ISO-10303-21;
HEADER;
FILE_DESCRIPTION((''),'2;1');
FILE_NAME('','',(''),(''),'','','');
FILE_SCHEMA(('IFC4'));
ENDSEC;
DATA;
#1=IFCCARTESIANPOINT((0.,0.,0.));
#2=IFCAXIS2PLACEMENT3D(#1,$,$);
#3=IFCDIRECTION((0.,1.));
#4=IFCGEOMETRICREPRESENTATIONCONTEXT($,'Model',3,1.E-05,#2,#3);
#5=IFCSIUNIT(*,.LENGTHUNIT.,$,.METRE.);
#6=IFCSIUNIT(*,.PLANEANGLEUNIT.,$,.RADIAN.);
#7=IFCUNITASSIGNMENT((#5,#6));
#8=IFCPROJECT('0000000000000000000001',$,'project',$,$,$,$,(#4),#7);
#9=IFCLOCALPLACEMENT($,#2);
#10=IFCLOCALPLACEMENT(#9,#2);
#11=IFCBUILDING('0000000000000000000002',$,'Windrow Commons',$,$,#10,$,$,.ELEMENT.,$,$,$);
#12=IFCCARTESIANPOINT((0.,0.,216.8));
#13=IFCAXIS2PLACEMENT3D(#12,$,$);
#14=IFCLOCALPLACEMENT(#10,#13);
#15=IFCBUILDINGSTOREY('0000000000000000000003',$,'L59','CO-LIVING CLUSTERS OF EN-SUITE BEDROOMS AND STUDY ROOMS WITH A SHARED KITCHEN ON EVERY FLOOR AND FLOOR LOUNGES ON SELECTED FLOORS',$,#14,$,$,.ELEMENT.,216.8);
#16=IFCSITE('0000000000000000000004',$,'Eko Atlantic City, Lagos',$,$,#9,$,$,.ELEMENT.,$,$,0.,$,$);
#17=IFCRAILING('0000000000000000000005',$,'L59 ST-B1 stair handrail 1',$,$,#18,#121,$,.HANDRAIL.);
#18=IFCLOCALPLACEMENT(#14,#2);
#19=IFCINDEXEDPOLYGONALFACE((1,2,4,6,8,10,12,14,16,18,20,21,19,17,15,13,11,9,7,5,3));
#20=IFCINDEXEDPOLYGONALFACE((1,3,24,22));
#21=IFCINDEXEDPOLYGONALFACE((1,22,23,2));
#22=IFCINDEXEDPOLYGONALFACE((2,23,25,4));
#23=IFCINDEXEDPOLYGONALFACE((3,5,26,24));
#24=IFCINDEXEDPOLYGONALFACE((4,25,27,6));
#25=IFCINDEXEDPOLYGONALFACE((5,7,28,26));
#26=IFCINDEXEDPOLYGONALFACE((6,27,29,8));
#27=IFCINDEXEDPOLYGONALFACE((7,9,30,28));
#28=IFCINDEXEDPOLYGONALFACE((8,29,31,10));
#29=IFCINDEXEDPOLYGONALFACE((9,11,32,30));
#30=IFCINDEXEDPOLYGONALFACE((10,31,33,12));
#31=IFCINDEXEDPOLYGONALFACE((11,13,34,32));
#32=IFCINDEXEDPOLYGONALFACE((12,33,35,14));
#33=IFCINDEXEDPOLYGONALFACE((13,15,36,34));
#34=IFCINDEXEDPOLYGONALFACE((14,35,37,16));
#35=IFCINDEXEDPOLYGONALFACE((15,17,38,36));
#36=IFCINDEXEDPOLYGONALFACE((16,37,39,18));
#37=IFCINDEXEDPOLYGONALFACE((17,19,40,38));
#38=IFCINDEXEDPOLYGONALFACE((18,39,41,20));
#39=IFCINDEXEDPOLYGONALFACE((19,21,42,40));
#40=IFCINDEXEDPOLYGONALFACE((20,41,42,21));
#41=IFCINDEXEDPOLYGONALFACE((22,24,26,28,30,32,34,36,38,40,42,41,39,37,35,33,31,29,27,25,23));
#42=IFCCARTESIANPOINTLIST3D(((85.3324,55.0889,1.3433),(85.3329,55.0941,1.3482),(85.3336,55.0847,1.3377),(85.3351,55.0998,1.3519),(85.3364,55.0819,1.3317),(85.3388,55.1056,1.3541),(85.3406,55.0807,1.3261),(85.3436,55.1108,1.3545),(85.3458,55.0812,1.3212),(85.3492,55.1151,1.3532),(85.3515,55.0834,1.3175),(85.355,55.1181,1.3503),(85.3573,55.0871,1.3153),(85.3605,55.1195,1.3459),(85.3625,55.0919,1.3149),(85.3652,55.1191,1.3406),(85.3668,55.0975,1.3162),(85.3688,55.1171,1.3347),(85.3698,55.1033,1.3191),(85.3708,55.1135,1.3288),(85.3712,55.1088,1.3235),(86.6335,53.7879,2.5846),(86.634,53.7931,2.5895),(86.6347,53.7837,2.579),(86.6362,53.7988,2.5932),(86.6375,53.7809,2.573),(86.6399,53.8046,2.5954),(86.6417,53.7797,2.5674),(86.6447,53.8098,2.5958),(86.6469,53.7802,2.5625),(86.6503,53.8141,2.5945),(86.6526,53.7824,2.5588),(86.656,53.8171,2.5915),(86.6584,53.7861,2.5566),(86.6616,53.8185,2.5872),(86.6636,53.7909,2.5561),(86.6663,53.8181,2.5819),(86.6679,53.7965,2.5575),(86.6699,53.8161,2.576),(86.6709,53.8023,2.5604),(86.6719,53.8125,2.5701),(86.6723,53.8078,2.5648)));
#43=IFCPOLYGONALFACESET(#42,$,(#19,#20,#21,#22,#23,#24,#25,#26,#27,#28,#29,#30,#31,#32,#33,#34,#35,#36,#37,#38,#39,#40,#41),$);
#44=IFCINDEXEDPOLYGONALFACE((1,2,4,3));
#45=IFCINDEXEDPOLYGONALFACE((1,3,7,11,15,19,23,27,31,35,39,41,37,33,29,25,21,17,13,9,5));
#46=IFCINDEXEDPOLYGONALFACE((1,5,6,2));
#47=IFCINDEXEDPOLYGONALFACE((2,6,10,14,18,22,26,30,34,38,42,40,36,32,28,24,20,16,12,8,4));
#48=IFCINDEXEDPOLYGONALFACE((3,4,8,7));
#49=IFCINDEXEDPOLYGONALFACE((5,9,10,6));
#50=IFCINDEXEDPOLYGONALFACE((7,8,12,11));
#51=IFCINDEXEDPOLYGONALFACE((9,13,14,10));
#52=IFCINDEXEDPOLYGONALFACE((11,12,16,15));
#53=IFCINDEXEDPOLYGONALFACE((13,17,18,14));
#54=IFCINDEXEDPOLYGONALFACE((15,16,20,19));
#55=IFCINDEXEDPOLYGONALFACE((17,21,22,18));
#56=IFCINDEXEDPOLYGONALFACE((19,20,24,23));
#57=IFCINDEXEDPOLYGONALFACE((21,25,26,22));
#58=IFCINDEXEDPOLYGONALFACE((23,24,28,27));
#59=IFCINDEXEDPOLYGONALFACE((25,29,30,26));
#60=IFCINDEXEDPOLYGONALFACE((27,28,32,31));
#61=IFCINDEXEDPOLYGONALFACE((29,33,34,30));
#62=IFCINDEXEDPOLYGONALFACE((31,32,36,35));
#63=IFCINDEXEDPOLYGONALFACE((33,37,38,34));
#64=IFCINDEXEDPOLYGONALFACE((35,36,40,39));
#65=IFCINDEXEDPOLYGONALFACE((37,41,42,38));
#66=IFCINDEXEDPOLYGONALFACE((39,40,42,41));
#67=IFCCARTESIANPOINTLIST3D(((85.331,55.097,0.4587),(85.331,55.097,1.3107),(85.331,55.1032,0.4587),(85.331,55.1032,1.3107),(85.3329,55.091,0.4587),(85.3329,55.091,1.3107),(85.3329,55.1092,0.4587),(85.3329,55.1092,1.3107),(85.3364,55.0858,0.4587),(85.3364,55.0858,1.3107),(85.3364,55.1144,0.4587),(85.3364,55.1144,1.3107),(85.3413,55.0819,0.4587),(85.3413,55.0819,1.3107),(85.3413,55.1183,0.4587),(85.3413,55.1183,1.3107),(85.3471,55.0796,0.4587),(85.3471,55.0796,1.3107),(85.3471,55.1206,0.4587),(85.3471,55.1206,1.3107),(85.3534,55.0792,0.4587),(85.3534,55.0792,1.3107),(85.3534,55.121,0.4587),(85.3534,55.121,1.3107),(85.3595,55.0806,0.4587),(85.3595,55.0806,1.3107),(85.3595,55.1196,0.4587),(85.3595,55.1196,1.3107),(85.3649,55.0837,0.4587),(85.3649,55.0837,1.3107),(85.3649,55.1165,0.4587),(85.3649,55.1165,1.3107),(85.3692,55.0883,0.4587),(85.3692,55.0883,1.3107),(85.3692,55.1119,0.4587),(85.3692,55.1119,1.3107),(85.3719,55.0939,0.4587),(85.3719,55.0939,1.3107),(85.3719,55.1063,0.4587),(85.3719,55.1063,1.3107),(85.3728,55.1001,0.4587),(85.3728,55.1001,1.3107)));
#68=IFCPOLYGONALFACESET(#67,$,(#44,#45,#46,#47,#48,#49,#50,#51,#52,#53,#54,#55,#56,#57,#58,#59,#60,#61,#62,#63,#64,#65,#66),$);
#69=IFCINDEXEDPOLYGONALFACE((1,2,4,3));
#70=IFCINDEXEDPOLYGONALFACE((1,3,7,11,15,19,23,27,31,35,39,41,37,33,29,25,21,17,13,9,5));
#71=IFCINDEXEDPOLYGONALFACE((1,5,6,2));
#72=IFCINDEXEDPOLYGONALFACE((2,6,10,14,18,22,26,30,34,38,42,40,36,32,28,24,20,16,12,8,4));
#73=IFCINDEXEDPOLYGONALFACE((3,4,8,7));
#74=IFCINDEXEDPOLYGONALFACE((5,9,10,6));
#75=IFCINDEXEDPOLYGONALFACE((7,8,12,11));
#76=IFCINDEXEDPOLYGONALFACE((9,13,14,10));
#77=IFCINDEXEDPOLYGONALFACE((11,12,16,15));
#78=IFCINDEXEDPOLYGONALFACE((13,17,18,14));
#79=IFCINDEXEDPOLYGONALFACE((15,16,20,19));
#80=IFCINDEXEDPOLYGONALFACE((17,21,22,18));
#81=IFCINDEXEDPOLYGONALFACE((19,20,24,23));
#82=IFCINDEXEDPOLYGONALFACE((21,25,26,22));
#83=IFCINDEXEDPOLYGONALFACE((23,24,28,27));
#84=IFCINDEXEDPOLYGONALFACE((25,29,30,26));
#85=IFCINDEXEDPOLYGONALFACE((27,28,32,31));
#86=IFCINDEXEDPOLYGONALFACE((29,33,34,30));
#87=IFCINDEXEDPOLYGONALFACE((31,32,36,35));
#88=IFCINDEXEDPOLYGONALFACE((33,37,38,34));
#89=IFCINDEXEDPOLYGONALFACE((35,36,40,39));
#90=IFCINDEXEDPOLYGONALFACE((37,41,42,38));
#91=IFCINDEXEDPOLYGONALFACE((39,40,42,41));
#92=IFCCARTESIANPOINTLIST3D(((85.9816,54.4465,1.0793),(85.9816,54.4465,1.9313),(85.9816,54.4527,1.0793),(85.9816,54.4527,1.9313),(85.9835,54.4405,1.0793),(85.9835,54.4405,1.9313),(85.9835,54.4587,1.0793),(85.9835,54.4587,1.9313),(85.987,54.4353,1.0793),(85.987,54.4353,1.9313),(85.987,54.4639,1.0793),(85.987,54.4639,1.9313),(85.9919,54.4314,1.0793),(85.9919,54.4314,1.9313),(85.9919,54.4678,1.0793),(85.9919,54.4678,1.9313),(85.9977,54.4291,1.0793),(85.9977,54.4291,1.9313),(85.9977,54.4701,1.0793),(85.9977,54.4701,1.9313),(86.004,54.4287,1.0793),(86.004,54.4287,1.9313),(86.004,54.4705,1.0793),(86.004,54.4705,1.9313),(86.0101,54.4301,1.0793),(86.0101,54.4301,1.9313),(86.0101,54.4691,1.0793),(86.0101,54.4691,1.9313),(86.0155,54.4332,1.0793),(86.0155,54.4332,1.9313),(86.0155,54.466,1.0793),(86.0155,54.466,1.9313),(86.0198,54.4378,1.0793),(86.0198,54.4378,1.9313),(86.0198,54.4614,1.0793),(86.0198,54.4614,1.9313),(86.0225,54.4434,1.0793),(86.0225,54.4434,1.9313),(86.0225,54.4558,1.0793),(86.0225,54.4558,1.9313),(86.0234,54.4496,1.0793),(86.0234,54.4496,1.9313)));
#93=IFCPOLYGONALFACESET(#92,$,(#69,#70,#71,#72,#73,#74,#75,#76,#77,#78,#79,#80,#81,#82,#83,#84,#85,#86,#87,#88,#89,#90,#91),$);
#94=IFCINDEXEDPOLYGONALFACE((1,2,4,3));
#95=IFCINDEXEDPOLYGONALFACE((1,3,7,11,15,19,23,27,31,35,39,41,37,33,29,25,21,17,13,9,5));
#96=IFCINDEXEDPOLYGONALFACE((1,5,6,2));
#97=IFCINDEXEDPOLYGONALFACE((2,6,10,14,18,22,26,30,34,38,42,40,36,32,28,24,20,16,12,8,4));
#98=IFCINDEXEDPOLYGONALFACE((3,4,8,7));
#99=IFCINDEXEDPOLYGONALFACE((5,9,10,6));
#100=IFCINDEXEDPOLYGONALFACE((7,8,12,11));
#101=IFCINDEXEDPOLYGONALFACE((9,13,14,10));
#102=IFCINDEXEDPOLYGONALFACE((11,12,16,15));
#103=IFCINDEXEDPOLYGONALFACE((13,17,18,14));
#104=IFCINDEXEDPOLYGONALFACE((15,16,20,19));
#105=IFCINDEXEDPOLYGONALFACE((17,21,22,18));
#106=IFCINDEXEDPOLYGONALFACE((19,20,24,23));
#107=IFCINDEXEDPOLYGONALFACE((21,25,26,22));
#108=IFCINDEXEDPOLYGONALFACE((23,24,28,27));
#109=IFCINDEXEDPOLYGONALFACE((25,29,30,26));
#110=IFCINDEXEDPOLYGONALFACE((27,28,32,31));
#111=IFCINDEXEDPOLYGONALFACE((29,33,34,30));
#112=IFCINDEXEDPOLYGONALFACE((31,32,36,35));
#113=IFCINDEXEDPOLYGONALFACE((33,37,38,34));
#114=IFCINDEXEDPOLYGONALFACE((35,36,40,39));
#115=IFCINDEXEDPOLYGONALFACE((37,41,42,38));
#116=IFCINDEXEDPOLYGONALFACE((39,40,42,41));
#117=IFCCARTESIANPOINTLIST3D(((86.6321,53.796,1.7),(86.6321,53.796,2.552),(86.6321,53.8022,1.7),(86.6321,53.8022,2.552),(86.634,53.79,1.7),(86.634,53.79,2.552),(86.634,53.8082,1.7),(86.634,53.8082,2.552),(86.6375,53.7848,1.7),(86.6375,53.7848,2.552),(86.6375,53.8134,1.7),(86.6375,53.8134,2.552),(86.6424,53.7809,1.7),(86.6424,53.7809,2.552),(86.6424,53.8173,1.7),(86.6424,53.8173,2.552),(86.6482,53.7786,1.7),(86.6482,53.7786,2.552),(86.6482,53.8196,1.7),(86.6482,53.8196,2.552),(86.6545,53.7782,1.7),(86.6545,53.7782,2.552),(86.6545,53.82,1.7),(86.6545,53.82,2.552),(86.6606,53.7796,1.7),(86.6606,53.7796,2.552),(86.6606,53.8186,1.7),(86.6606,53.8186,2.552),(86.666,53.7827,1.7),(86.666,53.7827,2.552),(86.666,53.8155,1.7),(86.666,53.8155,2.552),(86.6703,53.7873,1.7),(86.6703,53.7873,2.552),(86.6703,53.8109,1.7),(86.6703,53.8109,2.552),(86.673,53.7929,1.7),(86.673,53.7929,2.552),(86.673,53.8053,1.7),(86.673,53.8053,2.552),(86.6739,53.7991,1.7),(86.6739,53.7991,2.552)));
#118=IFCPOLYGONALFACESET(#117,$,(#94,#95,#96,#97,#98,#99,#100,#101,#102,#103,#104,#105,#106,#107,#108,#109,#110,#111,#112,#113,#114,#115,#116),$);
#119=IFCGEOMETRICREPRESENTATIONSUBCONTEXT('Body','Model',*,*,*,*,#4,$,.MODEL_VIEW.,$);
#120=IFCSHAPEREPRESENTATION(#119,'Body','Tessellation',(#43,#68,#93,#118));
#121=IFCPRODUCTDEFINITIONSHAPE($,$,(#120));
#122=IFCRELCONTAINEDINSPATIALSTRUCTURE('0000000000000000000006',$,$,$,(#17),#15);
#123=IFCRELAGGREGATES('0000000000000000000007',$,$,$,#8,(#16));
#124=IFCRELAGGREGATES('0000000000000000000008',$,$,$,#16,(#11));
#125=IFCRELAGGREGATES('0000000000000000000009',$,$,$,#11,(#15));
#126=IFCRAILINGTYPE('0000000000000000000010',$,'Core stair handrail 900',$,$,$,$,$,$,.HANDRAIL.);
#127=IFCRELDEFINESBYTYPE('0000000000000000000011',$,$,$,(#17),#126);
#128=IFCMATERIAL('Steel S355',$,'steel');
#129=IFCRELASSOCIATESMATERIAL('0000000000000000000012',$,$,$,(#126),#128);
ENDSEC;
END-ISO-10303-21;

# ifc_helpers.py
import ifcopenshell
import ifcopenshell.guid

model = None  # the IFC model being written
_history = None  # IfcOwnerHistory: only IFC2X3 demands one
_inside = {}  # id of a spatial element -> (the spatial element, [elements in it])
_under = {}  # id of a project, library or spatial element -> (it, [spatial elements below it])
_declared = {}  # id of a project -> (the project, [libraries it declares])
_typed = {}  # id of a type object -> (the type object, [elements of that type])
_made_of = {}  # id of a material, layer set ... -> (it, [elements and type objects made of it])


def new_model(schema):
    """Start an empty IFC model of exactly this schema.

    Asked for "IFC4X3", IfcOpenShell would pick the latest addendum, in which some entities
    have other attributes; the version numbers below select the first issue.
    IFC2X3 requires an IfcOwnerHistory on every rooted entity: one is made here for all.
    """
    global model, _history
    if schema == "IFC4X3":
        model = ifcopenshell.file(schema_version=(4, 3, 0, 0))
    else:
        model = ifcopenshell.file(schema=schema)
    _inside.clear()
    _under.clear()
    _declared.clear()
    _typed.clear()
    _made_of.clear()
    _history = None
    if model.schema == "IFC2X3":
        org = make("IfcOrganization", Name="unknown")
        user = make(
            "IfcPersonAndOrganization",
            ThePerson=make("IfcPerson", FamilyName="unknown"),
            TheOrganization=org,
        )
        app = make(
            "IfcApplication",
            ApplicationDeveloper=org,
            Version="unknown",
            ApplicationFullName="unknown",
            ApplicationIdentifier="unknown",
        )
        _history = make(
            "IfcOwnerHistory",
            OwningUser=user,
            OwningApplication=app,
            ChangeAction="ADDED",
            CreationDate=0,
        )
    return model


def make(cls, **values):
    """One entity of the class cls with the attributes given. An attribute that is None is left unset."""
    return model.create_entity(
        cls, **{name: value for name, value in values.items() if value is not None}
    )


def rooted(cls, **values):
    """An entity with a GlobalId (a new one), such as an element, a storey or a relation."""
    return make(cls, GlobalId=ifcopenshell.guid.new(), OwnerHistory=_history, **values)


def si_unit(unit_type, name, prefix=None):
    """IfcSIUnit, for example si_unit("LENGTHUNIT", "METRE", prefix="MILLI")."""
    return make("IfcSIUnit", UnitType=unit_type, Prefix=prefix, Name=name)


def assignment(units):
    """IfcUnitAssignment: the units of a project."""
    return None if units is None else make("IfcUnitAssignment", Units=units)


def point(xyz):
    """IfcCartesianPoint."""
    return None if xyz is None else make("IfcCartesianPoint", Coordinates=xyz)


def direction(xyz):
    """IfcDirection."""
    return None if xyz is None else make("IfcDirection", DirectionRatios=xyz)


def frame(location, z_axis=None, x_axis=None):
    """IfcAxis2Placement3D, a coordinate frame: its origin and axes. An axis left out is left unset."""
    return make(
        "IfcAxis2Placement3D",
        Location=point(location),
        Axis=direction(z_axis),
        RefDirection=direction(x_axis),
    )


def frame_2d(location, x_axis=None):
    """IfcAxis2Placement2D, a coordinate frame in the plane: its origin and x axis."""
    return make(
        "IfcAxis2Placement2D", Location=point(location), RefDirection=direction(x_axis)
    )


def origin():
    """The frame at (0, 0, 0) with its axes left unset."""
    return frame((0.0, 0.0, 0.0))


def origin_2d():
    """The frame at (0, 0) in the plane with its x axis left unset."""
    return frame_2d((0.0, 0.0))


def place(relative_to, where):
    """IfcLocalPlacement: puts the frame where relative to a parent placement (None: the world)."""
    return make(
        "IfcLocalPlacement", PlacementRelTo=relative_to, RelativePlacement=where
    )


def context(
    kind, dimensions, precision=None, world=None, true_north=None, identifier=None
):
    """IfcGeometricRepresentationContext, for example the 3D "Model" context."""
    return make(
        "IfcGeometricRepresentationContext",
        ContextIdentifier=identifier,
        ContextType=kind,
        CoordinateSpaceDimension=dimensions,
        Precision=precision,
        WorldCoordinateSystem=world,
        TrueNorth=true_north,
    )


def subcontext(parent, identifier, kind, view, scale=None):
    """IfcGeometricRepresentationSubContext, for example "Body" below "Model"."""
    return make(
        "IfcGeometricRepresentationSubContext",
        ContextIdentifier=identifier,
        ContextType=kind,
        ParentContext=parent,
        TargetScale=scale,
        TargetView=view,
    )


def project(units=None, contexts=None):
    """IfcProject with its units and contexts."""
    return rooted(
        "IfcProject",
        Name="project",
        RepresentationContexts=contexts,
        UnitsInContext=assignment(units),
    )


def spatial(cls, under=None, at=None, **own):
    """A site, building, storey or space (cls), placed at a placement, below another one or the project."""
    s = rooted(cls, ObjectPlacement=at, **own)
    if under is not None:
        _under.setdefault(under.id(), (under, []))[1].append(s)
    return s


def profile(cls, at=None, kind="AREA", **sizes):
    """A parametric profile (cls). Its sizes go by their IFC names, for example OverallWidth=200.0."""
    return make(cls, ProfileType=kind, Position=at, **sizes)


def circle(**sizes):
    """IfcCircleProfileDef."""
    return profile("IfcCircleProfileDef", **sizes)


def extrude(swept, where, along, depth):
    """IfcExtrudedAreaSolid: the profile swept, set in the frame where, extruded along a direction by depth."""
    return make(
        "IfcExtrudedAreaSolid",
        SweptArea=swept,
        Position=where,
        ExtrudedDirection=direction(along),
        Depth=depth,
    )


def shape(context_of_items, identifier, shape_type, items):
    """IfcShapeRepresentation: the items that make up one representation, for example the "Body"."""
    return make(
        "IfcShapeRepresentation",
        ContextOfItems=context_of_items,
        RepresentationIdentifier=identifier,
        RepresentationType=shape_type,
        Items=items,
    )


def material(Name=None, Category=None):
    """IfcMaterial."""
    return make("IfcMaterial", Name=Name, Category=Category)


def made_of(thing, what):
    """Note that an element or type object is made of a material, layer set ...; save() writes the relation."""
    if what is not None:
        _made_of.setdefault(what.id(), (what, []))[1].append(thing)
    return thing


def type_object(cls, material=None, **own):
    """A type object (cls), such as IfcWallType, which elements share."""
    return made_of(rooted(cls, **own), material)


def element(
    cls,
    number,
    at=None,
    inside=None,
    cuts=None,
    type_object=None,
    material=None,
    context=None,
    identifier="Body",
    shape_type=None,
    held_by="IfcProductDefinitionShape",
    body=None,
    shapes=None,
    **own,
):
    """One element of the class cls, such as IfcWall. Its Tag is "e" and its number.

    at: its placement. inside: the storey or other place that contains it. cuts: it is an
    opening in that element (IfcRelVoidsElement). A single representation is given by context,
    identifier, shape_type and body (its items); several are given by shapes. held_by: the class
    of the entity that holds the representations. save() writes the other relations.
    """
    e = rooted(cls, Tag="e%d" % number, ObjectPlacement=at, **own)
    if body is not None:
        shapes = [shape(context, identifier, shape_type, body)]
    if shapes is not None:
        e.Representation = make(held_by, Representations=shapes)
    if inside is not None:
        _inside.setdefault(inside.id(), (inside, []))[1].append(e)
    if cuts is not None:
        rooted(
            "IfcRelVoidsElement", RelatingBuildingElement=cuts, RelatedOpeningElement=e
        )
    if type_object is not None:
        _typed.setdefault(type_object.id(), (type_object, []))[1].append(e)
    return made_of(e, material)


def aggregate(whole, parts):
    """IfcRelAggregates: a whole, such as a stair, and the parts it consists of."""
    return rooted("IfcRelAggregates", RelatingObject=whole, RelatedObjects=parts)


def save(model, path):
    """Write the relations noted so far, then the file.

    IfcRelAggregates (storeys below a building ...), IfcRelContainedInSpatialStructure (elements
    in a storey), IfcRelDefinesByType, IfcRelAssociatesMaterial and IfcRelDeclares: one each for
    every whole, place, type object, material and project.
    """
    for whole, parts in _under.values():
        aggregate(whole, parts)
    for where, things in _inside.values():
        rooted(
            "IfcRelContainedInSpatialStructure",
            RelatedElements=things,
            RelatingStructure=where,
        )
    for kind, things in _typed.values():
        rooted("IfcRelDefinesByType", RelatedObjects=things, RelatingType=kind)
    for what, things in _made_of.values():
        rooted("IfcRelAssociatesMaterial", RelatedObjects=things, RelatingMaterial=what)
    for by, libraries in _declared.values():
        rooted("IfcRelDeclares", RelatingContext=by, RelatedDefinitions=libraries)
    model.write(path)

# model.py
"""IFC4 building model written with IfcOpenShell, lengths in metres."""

from ifc_helpers import new_model, si_unit, direction, frame, origin, origin_2d, place, context, subcontext, project, spatial, circle, extrude, material, type_object, element, save


model = new_model("IFC4")

# Units and contexts
model_context = context("Model", 3, precision=1e-05, world=origin(), true_north=direction((0.0, 1.0)))
body_context = subcontext(model_context, "Body", "Model", "MODEL_VIEW")
ifc_project = project(units=[si_unit("LENGTHUNIT", "METRE"), si_unit("PLANEANGLEUNIT", "RADIAN")], contexts=[model_context])

# Site, building, storey
site_placement = place(None, origin())
site = spatial("IfcSite", under=ifc_project, at=site_placement, Name="Eko Atlantic City, Lagos", CompositionType="ELEMENT", RefElevation=0.0)
building_placement = place(site_placement, origin())
building = spatial("IfcBuilding", under=site, at=building_placement, Name="Windrow Commons", CompositionType="ELEMENT")
storey_placement = place(building_placement, frame((0.0, 0.0, 216.8)))
storey = spatial("IfcBuildingStorey", under=building, at=storey_placement, Name="L59", Description="CO-LIVING CLUSTERS OF EN-SUITE BEDROOMS AND STUDY ROOMS WITH A SHARED KITCHEN ON EVERY FLOOR AND FLOOR LOUNGES ON SELECTED FLOORS", CompositionType="ELEMENT", Elevation=216.8)

# Railing
ifc_material_1 = material(Name="Steel S355", Category="steel")
railing_type_1 = type_object("IfcRailingType", Name="Core stair handrail 900", PredefinedType="HANDRAIL", material=ifc_material_1)
railing_1_placement = place(storey_placement, frame((85.3518, 55.1001, 0.4587)))
element("IfcRailing", 1, at=railing_1_placement, inside=storey, type_object=railing_type_1, Name="L59 ST-B1 stair handrail 1", PredefinedType="HANDRAIL", context=body_context, shape_type="SweptSolid", body=[
    extrude(circle(Radius=0.024, at=origin_2d()), frame((0.0, 0.0, 0.876), z_axis=(0.586207, -0.586162, 0.559264), x_axis=(0.70708, 0.707134, 0.0)), (0.0, 0.0, 1.0), 2.2195),
    extrude(circle(Radius=0.021, at=origin_2d()), origin(), (0.0, 0.0, 1.0), 0.852),
    extrude(circle(Radius=0.021, at=origin_2d()), frame((0.6506, -0.6505, 0.6206)), (0.0, 0.0, 1.0), 0.852),
    extrude(circle(Radius=0.021, at=origin_2d()), frame((1.3011, -1.301, 1.2413)), (0.0, 0.0, 1.0), 0.852),
])

save(model, "model.ifc")
